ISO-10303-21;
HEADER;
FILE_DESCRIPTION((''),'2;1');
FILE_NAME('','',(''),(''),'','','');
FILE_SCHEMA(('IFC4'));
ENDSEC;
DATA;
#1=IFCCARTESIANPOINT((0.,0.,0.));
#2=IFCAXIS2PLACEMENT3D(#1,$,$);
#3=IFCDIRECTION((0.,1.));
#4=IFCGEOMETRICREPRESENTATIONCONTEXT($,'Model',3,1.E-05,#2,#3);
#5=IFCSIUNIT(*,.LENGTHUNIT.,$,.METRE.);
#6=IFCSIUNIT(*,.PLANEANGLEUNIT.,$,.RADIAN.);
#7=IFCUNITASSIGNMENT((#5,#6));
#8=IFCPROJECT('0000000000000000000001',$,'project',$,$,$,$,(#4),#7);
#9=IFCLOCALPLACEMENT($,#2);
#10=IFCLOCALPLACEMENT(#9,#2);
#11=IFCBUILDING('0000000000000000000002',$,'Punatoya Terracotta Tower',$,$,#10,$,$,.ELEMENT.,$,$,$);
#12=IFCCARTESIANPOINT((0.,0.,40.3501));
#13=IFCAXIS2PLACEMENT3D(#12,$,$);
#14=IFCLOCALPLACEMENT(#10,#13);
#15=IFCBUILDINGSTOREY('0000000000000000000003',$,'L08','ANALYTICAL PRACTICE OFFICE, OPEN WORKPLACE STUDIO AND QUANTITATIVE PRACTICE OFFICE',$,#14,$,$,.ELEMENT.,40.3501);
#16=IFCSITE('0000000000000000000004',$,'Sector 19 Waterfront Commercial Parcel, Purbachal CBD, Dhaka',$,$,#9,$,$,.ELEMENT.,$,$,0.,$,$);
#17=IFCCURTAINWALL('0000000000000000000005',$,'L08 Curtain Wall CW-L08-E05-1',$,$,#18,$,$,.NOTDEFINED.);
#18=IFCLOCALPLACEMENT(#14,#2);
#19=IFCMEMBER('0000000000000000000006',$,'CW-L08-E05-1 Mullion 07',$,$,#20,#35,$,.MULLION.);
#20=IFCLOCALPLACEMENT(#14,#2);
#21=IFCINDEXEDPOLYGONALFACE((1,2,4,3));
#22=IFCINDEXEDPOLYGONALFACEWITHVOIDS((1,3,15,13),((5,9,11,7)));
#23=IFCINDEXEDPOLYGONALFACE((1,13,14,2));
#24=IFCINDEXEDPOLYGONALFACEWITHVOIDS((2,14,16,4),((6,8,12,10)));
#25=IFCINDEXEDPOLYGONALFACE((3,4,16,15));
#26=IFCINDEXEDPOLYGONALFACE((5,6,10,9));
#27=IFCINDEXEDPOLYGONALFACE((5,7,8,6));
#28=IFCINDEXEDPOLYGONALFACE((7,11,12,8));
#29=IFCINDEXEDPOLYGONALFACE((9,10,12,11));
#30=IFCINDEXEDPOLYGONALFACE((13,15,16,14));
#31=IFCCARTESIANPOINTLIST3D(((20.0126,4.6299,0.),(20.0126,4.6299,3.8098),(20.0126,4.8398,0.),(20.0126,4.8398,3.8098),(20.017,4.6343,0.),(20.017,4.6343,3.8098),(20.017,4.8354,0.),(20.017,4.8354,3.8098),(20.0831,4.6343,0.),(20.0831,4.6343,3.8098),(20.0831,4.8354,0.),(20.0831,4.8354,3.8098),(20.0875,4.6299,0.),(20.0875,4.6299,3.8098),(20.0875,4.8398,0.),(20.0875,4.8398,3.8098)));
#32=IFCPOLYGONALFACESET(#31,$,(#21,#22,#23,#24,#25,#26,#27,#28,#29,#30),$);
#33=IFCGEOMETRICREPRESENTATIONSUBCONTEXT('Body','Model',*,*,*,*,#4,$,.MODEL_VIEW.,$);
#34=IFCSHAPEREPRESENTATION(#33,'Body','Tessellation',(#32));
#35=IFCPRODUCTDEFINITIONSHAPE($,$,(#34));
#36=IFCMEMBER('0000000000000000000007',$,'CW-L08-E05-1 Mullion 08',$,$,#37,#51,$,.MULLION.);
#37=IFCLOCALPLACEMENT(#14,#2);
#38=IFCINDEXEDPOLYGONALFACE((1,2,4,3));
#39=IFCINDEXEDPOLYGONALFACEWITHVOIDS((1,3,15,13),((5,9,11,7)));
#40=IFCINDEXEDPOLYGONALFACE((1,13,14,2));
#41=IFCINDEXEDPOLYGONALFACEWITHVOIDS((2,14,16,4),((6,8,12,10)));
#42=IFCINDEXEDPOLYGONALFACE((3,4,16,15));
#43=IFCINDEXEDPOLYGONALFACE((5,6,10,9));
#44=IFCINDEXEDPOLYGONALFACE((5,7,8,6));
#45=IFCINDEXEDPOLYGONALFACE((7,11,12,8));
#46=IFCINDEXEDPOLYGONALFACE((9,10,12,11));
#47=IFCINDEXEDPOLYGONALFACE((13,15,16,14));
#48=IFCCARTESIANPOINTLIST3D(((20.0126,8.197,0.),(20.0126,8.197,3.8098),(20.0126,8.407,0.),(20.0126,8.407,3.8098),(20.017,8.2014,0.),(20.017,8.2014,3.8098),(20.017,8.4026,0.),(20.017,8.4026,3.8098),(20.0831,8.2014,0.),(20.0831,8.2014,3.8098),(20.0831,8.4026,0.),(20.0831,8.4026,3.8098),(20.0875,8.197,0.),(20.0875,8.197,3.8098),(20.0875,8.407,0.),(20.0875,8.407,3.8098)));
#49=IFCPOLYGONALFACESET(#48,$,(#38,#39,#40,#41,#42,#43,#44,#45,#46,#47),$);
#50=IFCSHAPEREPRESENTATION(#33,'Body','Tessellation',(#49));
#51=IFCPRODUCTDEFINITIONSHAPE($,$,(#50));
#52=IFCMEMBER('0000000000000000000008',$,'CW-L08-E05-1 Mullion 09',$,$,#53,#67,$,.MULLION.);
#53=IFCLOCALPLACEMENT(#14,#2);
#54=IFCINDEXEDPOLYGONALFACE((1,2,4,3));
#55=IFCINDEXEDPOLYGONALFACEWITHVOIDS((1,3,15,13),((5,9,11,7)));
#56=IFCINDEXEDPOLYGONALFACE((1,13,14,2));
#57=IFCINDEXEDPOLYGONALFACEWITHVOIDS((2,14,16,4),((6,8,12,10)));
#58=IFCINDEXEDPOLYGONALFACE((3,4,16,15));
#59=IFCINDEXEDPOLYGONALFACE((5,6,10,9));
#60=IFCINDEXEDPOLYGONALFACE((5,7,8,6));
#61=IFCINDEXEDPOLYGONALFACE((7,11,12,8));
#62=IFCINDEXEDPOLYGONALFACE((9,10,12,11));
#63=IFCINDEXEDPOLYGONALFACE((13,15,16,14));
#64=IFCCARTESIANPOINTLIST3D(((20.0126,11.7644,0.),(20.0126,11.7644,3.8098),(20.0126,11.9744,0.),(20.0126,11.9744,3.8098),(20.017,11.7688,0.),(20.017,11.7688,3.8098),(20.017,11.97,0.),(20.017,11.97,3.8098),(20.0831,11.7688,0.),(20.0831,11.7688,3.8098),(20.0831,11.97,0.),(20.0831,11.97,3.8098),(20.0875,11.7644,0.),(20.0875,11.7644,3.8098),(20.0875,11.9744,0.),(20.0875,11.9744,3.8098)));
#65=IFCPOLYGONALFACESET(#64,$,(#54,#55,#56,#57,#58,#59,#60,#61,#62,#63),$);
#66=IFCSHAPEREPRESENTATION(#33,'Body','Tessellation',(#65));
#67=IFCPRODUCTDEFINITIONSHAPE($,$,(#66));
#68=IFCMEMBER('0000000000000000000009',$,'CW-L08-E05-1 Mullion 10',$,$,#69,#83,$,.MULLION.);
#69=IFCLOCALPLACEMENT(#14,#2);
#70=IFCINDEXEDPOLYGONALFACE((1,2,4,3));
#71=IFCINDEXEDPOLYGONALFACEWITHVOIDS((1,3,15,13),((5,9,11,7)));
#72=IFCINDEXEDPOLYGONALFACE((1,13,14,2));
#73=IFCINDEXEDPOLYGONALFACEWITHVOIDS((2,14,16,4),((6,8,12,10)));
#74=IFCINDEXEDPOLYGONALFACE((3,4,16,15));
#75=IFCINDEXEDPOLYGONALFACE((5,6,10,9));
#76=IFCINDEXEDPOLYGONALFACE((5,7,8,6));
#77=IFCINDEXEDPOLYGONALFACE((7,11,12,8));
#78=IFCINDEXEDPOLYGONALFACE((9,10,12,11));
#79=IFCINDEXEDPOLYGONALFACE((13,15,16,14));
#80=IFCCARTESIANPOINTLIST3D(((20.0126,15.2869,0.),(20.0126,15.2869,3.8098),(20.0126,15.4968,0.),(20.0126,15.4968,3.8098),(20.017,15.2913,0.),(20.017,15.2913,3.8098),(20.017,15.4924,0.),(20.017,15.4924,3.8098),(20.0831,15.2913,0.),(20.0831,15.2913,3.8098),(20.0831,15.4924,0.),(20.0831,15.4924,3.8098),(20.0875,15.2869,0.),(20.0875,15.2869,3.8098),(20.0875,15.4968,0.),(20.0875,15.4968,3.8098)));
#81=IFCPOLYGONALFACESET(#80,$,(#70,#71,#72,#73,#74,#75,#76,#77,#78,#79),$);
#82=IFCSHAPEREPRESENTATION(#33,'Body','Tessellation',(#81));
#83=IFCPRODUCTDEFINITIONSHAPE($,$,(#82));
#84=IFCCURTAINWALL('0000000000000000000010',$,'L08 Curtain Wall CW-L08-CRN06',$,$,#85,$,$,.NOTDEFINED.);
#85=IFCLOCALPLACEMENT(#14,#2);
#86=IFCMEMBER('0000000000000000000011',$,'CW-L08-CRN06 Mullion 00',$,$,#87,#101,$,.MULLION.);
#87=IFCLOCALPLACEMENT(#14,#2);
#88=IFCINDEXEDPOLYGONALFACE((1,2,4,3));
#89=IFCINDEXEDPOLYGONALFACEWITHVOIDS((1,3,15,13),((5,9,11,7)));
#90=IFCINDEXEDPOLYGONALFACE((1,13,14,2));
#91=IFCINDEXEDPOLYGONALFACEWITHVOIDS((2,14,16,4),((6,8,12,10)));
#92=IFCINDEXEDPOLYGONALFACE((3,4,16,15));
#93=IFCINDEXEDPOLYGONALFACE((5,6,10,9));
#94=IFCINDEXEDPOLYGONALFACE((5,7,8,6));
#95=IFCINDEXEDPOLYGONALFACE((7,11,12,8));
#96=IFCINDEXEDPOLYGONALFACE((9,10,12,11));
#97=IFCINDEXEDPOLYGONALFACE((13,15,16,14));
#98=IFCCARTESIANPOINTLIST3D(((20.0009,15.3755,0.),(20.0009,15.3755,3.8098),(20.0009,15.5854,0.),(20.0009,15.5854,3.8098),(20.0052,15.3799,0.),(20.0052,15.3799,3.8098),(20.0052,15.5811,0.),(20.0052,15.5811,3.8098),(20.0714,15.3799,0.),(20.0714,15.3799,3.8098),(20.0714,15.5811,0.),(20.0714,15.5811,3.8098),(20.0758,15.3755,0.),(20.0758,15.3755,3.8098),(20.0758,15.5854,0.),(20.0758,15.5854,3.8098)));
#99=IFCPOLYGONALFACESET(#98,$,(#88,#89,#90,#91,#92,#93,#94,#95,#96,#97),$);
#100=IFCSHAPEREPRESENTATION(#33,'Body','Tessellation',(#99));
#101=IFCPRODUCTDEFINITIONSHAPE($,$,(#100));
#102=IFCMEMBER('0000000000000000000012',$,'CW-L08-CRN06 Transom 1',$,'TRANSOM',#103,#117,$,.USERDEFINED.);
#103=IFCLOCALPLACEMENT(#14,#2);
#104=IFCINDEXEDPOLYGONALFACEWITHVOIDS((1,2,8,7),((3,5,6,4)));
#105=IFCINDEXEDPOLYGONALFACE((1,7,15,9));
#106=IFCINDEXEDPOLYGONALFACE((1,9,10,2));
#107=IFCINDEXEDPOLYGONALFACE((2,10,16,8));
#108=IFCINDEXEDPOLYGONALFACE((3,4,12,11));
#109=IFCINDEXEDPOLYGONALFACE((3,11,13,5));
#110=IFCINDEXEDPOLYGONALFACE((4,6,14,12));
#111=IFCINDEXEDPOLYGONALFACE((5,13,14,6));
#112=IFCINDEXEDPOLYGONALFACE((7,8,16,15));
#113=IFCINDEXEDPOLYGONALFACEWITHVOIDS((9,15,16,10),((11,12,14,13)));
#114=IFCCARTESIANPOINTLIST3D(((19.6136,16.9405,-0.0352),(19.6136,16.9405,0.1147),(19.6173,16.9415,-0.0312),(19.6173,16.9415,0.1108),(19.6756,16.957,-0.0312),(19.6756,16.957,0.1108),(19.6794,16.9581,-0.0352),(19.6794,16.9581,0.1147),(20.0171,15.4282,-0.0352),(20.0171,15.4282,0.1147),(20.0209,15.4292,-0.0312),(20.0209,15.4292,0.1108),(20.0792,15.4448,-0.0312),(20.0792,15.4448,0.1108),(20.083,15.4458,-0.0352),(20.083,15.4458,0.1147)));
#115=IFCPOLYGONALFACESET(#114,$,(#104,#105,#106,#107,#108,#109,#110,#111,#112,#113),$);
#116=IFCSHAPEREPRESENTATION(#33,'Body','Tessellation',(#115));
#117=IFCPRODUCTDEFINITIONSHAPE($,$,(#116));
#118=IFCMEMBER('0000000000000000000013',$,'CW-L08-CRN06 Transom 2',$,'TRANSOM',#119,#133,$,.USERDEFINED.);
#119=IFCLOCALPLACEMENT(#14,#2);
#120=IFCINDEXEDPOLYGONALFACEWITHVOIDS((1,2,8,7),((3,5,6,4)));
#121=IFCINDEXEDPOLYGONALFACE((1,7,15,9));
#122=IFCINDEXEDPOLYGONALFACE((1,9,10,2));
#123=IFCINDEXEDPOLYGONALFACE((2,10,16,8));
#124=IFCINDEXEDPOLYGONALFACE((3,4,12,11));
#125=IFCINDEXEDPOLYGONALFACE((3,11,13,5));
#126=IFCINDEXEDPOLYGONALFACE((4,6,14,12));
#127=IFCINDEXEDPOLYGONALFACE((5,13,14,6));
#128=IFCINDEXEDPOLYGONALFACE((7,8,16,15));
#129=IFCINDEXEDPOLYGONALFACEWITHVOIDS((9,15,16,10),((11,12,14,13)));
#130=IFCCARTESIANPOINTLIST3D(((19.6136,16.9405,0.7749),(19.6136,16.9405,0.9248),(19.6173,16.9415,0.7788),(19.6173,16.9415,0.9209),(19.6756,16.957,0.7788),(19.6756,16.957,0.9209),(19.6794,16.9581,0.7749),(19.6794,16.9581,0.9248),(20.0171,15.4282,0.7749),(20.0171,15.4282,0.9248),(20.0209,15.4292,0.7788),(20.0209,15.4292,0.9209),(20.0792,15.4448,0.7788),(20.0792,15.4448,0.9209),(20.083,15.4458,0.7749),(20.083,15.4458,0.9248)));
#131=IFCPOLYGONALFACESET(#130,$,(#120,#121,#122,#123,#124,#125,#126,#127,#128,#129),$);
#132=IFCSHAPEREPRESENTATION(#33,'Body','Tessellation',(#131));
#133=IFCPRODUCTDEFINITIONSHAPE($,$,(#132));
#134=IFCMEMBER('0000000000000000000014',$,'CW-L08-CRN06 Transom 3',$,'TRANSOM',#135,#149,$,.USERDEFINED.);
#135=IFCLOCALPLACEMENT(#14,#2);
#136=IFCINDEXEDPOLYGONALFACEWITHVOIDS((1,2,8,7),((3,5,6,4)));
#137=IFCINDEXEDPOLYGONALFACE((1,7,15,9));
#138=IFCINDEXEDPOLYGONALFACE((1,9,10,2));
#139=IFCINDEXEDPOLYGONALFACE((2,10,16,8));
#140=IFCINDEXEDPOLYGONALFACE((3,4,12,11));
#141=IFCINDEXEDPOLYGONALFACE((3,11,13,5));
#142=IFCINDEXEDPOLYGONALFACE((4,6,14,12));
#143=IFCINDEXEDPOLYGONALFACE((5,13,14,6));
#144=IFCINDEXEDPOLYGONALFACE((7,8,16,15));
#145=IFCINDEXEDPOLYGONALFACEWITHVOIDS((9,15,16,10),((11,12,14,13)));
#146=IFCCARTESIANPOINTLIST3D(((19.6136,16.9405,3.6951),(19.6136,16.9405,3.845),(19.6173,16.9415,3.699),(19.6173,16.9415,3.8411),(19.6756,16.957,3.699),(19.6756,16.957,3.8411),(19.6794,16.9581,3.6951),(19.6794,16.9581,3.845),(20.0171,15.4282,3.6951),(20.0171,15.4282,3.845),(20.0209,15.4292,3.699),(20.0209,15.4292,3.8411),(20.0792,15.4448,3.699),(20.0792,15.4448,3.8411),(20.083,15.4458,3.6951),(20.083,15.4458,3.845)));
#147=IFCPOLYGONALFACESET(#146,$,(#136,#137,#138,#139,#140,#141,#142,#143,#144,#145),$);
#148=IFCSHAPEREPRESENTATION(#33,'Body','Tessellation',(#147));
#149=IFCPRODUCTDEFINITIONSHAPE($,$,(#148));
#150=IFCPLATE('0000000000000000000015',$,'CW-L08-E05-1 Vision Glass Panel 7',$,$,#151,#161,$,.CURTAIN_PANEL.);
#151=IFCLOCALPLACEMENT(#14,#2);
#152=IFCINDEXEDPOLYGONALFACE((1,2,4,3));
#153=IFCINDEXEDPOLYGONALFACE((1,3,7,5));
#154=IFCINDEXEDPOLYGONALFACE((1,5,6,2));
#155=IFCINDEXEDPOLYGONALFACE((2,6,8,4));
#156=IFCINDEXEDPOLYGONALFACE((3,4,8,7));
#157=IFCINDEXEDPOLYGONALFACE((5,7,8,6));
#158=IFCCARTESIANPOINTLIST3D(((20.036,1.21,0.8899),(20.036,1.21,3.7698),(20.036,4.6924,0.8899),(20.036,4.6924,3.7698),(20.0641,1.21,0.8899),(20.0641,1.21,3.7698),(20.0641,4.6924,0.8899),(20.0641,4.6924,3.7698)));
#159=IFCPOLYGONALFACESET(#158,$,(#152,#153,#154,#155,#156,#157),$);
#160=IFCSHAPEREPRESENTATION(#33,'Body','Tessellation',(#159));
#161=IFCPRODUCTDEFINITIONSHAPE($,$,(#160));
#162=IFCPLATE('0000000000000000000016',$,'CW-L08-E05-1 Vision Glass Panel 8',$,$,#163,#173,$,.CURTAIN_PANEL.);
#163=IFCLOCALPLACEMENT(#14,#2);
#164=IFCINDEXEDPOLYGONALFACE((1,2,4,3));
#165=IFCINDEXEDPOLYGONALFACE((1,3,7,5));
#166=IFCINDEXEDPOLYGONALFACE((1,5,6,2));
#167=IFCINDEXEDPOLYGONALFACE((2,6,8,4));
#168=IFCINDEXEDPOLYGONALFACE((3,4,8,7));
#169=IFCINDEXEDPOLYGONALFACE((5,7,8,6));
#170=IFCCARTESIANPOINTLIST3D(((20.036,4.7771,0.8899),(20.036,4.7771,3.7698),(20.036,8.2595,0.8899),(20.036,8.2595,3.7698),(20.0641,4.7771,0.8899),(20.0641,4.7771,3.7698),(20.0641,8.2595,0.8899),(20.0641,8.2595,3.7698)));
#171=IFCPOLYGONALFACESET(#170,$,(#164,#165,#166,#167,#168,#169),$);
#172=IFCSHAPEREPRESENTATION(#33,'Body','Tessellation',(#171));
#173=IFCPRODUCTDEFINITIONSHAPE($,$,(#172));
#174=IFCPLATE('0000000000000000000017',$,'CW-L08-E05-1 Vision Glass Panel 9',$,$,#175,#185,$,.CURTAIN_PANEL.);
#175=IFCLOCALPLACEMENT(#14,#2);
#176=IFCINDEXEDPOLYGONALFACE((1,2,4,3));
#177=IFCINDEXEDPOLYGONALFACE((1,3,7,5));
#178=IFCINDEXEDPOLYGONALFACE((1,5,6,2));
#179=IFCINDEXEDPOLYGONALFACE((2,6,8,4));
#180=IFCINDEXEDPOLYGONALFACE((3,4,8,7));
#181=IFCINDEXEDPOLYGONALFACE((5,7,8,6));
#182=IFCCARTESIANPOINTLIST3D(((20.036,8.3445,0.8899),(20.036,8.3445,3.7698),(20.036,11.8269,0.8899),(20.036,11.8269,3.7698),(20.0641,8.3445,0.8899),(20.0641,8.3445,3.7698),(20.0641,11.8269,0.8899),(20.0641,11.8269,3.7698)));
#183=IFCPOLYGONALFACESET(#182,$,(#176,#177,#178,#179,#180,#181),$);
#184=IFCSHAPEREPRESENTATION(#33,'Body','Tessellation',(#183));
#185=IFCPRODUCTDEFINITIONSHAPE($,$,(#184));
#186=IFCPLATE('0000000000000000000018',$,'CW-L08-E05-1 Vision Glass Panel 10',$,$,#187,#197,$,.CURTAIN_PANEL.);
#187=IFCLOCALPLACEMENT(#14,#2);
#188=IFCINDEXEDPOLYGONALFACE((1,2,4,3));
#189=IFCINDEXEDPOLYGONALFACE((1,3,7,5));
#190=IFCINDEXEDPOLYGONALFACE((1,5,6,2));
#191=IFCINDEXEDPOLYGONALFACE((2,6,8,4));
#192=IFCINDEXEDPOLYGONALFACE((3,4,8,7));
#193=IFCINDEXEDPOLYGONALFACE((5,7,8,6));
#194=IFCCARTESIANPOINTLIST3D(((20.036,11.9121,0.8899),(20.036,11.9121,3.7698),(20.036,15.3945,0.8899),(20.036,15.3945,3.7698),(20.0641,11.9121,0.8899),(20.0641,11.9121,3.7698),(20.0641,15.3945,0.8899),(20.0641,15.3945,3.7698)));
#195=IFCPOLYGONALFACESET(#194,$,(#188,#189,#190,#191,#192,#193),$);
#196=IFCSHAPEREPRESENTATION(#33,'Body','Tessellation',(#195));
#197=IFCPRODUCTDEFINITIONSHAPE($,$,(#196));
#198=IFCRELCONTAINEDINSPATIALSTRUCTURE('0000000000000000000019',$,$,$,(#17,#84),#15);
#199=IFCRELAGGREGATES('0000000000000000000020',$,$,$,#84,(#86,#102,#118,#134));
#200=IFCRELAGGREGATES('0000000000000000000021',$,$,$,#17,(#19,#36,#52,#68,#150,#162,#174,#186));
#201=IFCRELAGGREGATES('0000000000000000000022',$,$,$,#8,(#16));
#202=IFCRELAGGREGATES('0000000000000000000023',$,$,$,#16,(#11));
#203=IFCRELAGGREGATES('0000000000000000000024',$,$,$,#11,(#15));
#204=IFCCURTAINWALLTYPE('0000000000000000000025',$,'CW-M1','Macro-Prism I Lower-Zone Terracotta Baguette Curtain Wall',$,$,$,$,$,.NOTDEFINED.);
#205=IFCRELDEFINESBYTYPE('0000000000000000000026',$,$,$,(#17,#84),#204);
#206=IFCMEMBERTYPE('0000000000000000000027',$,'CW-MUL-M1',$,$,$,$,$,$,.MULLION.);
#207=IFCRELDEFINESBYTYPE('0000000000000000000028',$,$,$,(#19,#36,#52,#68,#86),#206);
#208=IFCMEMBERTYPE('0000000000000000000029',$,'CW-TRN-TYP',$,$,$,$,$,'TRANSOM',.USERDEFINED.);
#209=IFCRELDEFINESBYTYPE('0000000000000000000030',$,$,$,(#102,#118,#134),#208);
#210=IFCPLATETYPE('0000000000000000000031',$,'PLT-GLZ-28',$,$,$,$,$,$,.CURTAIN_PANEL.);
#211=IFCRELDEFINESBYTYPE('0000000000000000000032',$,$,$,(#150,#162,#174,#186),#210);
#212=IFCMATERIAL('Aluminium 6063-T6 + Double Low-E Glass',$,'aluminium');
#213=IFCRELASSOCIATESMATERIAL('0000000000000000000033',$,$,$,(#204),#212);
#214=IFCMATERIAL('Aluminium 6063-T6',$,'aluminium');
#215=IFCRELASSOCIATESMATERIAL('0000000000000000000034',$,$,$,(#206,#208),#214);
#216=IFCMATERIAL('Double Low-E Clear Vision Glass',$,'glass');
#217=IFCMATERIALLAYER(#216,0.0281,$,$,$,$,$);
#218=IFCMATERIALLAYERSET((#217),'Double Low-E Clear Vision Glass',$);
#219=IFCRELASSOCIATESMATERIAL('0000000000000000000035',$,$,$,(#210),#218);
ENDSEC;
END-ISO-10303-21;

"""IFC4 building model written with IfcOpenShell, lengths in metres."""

from ifc_helpers import new_model, si_unit, direction, frame, origin, origin_2d, place, context, subcontext, project, spatial, rectangle, hollow_rectangle, extrude, material, layer, layer_set, material_profile, profile_set, type_object, element, aggregate, save


model = new_model("IFC4")

# Units and contexts
model_context = context("Model", 3, precision=1e-05, world=origin(), true_north=direction((0.0, 1.0)))
body_context = subcontext(model_context, "Body", "Model", "MODEL_VIEW")
ifc_project = project(units=[si_unit("LENGTHUNIT", "METRE"), si_unit("PLANEANGLEUNIT", "RADIAN")], contexts=[model_context])

# Site, building, storey
site_placement = place(None, origin())
site = spatial("IfcSite", under=ifc_project, at=site_placement, Name="Sector 19 Waterfront Commercial Parcel, Purbachal CBD, Dhaka", CompositionType="ELEMENT", RefElevation=0.0)
building_placement = place(site_placement, origin())
building = spatial("IfcBuilding", under=site, at=building_placement, Name="Punatoya Terracotta Tower", CompositionType="ELEMENT")
storey_placement = place(building_placement, frame((0.0, 0.0, 40.3501)))
storey = spatial("IfcBuildingStorey", under=building, at=storey_placement, Name="L08", Description="ANALYTICAL PRACTICE OFFICE, OPEN WORKPLACE STUDIO AND QUANTITATIVE PRACTICE OFFICE", CompositionType="ELEMENT", Elevation=40.3501)

# Curtain walls, members
ifc_material_1 = material(Name="Aluminium 6063-T6 + Double Low-E Glass", Category="aluminium")
curtain_wall_type = type_object("IfcCurtainWallType", Name="CW-M1", Description="Macro-Prism I Lower-Zone Terracotta Baguette Curtain Wall", PredefinedType="NOTDEFINED", material=ifc_material_1)
curtain_wall_1_placement = place(storey_placement, origin())
curtain_wall_1 = element("IfcCurtainWall", 1, at=curtain_wall_1_placement, inside=storey, type_object=curtain_wall_type, Name="L08 Curtain Wall CW-L08-E05-1", PredefinedType="NOTDEFINED")
ifc_material_2 = material(Name="Aluminium 6063-T6", Category="aluminium")
ifc_material_profile_1 = material_profile(ifc_material_2, hollow_rectangle(XDim=0.075, YDim=0.21, WallThickness=0.0044, at=origin_2d()))
ifc_profile_set_1 = profile_set([ifc_material_profile_1], Name="Aluminium 6063-T6")
member_type_1 = type_object("IfcMemberType", Name="CW-MUL-M1", PredefinedType="MULLION", material=ifc_profile_set_1)
member_1_placement = place(storey_placement, frame((20.05, 4.7349, 0.0), z_axis=(0.0, 0.0, 1.0), x_axis=(1.0, 0.0, 0.0)))
member_1 = element("IfcMember", 2, at=member_1_placement, type_object=member_type_1, Name="CW-L08-E05-1 Mullion 07", PredefinedType="MULLION", context=body_context, shape_type="SweptSolid", body=[
    extrude(hollow_rectangle(XDim=0.075, YDim=0.21, WallThickness=0.0044, at=origin_2d()), origin(), (0.0, 0.0, 1.0), 3.8098),
])
member_2_placement = place(storey_placement, frame((20.05, 8.302, 0.0), z_axis=(0.0, 0.0, 1.0), x_axis=(1.0, 0.0, 0.0)))
member_2 = element("IfcMember", 3, at=member_2_placement, type_object=member_type_1, Name="CW-L08-E05-1 Mullion 08", PredefinedType="MULLION", context=body_context, shape_type="SweptSolid", body=[
    extrude(hollow_rectangle(XDim=0.075, YDim=0.21, WallThickness=0.0044, at=origin_2d()), origin(), (0.0, 0.0, 1.0), 3.8098),
])
member_3_placement = place(storey_placement, frame((20.05, 11.8694, 0.0), z_axis=(0.0, 0.0, 1.0), x_axis=(1.0, 0.0, 0.0)))
member_3 = element("IfcMember", 4, at=member_3_placement, type_object=member_type_1, Name="CW-L08-E05-1 Mullion 09", PredefinedType="MULLION", context=body_context, shape_type="SweptSolid", body=[
    extrude(hollow_rectangle(XDim=0.075, YDim=0.21, WallThickness=0.0044, at=origin_2d()), origin(), (0.0, 0.0, 1.0), 3.8098),
])
member_4_placement = place(storey_placement, frame((20.05, 15.3918, 0.0), z_axis=(0.0, 0.0, 1.0), x_axis=(1.0, 0.0, 0.0)))
member_4 = element("IfcMember", 5, at=member_4_placement, type_object=member_type_1, Name="CW-L08-E05-1 Mullion 10", PredefinedType="MULLION", context=body_context, shape_type="SweptSolid", body=[
    extrude(hollow_rectangle(XDim=0.075, YDim=0.21, WallThickness=0.0044, at=origin_2d()), origin(), (0.0, 0.0, 1.0), 3.8098),
])
curtain_wall_2_placement = place(storey_placement, origin())
curtain_wall_2 = element("IfcCurtainWall", 6, at=curtain_wall_2_placement, inside=storey, type_object=curtain_wall_type, Name="L08 Curtain Wall CW-L08-CRN06", PredefinedType="NOTDEFINED")
member_5_placement = place(storey_placement, frame((20.0383, 15.4805, 0.0), z_axis=(0.0, 0.0, 1.0), x_axis=(1.0, 0.0, 0.0)))
member_5 = element("IfcMember", 7, at=member_5_placement, type_object=member_type_1, Name="CW-L08-CRN06 Mullion 00", PredefinedType="MULLION", context=body_context, shape_type="SweptSolid", body=[
    extrude(hollow_rectangle(XDim=0.075, YDim=0.21, WallThickness=0.0044, at=origin_2d()), origin(), (0.0, 0.0, 1.0), 3.8098),
])
ifc_material_profile_2 = material_profile(ifc_material_2, hollow_rectangle(XDim=0.0681, YDim=0.1499, WallThickness=0.0039, at=origin_2d()))
ifc_profile_set_2 = profile_set([ifc_material_profile_2], Name="Aluminium 6063-T6")
member_type_2 = type_object("IfcMemberType", Name="CW-TRN-TYP", ElementType="TRANSOM", PredefinedType="USERDEFINED", material=ifc_profile_set_2)
member_6_placement = place(storey_placement, frame((20.05, 15.437, 0.0398), z_axis=(-0.257847, 0.966186, 0.0), x_axis=(-0.966186, -0.257847, 0.0)))
member_6 = element("IfcMember", 8, at=member_6_placement, type_object=member_type_2, Name="CW-L08-CRN06 Transom 1", ObjectType="TRANSOM", PredefinedType="USERDEFINED", context=body_context, shape_type="SweptSolid", body=[
    extrude(hollow_rectangle(XDim=0.0681, YDim=0.1499, WallThickness=0.0039, at=origin_2d()), origin(), (0.0, 0.0, 1.0), 1.5652),
])
member_7_placement = place(storey_placement, frame((20.05, 15.437, 0.8499), z_axis=(-0.257847, 0.966186, 0.0), x_axis=(-0.966186, -0.257847, 0.0)))
member_7 = element("IfcMember", 9, at=member_7_placement, type_object=member_type_2, Name="CW-L08-CRN06 Transom 2", ObjectType="TRANSOM", PredefinedType="USERDEFINED", context=body_context, shape_type="SweptSolid", body=[
    extrude(hollow_rectangle(XDim=0.0681, YDim=0.1499, WallThickness=0.0039, at=origin_2d()), origin(), (0.0, 0.0, 1.0), 1.5652),
])
member_8_placement = place(storey_placement, frame((20.05, 15.437, 3.77), z_axis=(-0.257847, 0.966186, 0.0), x_axis=(-0.966186, -0.257847, 0.0)))
member_8 = element("IfcMember", 10, at=member_8_placement, type_object=member_type_2, Name="CW-L08-CRN06 Transom 3", ObjectType="TRANSOM", PredefinedType="USERDEFINED", context=body_context, shape_type="SweptSolid", body=[
    extrude(hollow_rectangle(XDim=0.0681, YDim=0.1499, WallThickness=0.0039, at=origin_2d()), origin(), (0.0, 0.0, 1.0), 1.5652),
])
aggregate(curtain_wall_2, [member_5, member_6, member_7, member_8])

# Plates
ifc_material_3 = material(Name="Double Low-E Clear Vision Glass", Category="glass")
ifc_layer_1 = layer(ifc_material_3, 0.0281)
ifc_layer_set_1 = layer_set([ifc_layer_1], Name="Double Low-E Clear Vision Glass")
plate_type_1 = type_object("IfcPlateType", Name="PLT-GLZ-28", PredefinedType="CURTAIN_PANEL", material=ifc_layer_set_1)
plate_1_placement = place(storey_placement, frame((20.05, 2.9512, 0.8899), z_axis=(0.0, 0.0, 1.0), x_axis=(0.0, 1.0, 0.0)))
plate_1 = element("IfcPlate", 11, at=plate_1_placement, type_object=plate_type_1, Name="CW-L08-E05-1 Vision Glass Panel 7", PredefinedType="CURTAIN_PANEL", context=body_context, shape_type="SweptSolid", body=[
    extrude(rectangle(XDim=3.4824, YDim=0.0281, at=origin_2d()), origin(), (0.0, 0.0, 1.0), 2.8799),
])
plate_2_placement = place(storey_placement, frame((20.05, 6.5183, 0.8899), z_axis=(0.0, 0.0, 1.0), x_axis=(0.0, 1.0, 0.0)))
plate_2 = element("IfcPlate", 12, at=plate_2_placement, type_object=plate_type_1, Name="CW-L08-E05-1 Vision Glass Panel 8", PredefinedType="CURTAIN_PANEL", context=body_context, shape_type="SweptSolid", body=[
    extrude(rectangle(XDim=3.4824, YDim=0.0281, at=origin_2d()), origin(), (0.0, 0.0, 1.0), 2.8799),
])
plate_3_placement = place(storey_placement, frame((20.05, 10.0857, 0.8899), z_axis=(0.0, 0.0, 1.0), x_axis=(0.0, 1.0, 0.0)))
plate_3 = element("IfcPlate", 13, at=plate_3_placement, type_object=plate_type_1, Name="CW-L08-E05-1 Vision Glass Panel 9", PredefinedType="CURTAIN_PANEL", context=body_context, shape_type="SweptSolid", body=[
    extrude(rectangle(XDim=3.4824, YDim=0.0281, at=origin_2d()), origin(), (0.0, 0.0, 1.0), 2.8799),
])
plate_4_placement = place(storey_placement, frame((20.05, 13.6533, 0.8899), z_axis=(0.0, 0.0, 1.0), x_axis=(0.0, 1.0, 0.0)))
plate_4 = element("IfcPlate", 14, at=plate_4_placement, type_object=plate_type_1, Name="CW-L08-E05-1 Vision Glass Panel 10", PredefinedType="CURTAIN_PANEL", context=body_context, shape_type="SweptSolid", body=[
    extrude(rectangle(XDim=3.4824, YDim=0.0281, at=origin_2d()), origin(), (0.0, 0.0, 1.0), 2.8799),
])
aggregate(curtain_wall_1, [member_1, member_2, member_3, member_4, plate_1, plate_2, plate_3, plate_4])

save(model, "model.ifc")
